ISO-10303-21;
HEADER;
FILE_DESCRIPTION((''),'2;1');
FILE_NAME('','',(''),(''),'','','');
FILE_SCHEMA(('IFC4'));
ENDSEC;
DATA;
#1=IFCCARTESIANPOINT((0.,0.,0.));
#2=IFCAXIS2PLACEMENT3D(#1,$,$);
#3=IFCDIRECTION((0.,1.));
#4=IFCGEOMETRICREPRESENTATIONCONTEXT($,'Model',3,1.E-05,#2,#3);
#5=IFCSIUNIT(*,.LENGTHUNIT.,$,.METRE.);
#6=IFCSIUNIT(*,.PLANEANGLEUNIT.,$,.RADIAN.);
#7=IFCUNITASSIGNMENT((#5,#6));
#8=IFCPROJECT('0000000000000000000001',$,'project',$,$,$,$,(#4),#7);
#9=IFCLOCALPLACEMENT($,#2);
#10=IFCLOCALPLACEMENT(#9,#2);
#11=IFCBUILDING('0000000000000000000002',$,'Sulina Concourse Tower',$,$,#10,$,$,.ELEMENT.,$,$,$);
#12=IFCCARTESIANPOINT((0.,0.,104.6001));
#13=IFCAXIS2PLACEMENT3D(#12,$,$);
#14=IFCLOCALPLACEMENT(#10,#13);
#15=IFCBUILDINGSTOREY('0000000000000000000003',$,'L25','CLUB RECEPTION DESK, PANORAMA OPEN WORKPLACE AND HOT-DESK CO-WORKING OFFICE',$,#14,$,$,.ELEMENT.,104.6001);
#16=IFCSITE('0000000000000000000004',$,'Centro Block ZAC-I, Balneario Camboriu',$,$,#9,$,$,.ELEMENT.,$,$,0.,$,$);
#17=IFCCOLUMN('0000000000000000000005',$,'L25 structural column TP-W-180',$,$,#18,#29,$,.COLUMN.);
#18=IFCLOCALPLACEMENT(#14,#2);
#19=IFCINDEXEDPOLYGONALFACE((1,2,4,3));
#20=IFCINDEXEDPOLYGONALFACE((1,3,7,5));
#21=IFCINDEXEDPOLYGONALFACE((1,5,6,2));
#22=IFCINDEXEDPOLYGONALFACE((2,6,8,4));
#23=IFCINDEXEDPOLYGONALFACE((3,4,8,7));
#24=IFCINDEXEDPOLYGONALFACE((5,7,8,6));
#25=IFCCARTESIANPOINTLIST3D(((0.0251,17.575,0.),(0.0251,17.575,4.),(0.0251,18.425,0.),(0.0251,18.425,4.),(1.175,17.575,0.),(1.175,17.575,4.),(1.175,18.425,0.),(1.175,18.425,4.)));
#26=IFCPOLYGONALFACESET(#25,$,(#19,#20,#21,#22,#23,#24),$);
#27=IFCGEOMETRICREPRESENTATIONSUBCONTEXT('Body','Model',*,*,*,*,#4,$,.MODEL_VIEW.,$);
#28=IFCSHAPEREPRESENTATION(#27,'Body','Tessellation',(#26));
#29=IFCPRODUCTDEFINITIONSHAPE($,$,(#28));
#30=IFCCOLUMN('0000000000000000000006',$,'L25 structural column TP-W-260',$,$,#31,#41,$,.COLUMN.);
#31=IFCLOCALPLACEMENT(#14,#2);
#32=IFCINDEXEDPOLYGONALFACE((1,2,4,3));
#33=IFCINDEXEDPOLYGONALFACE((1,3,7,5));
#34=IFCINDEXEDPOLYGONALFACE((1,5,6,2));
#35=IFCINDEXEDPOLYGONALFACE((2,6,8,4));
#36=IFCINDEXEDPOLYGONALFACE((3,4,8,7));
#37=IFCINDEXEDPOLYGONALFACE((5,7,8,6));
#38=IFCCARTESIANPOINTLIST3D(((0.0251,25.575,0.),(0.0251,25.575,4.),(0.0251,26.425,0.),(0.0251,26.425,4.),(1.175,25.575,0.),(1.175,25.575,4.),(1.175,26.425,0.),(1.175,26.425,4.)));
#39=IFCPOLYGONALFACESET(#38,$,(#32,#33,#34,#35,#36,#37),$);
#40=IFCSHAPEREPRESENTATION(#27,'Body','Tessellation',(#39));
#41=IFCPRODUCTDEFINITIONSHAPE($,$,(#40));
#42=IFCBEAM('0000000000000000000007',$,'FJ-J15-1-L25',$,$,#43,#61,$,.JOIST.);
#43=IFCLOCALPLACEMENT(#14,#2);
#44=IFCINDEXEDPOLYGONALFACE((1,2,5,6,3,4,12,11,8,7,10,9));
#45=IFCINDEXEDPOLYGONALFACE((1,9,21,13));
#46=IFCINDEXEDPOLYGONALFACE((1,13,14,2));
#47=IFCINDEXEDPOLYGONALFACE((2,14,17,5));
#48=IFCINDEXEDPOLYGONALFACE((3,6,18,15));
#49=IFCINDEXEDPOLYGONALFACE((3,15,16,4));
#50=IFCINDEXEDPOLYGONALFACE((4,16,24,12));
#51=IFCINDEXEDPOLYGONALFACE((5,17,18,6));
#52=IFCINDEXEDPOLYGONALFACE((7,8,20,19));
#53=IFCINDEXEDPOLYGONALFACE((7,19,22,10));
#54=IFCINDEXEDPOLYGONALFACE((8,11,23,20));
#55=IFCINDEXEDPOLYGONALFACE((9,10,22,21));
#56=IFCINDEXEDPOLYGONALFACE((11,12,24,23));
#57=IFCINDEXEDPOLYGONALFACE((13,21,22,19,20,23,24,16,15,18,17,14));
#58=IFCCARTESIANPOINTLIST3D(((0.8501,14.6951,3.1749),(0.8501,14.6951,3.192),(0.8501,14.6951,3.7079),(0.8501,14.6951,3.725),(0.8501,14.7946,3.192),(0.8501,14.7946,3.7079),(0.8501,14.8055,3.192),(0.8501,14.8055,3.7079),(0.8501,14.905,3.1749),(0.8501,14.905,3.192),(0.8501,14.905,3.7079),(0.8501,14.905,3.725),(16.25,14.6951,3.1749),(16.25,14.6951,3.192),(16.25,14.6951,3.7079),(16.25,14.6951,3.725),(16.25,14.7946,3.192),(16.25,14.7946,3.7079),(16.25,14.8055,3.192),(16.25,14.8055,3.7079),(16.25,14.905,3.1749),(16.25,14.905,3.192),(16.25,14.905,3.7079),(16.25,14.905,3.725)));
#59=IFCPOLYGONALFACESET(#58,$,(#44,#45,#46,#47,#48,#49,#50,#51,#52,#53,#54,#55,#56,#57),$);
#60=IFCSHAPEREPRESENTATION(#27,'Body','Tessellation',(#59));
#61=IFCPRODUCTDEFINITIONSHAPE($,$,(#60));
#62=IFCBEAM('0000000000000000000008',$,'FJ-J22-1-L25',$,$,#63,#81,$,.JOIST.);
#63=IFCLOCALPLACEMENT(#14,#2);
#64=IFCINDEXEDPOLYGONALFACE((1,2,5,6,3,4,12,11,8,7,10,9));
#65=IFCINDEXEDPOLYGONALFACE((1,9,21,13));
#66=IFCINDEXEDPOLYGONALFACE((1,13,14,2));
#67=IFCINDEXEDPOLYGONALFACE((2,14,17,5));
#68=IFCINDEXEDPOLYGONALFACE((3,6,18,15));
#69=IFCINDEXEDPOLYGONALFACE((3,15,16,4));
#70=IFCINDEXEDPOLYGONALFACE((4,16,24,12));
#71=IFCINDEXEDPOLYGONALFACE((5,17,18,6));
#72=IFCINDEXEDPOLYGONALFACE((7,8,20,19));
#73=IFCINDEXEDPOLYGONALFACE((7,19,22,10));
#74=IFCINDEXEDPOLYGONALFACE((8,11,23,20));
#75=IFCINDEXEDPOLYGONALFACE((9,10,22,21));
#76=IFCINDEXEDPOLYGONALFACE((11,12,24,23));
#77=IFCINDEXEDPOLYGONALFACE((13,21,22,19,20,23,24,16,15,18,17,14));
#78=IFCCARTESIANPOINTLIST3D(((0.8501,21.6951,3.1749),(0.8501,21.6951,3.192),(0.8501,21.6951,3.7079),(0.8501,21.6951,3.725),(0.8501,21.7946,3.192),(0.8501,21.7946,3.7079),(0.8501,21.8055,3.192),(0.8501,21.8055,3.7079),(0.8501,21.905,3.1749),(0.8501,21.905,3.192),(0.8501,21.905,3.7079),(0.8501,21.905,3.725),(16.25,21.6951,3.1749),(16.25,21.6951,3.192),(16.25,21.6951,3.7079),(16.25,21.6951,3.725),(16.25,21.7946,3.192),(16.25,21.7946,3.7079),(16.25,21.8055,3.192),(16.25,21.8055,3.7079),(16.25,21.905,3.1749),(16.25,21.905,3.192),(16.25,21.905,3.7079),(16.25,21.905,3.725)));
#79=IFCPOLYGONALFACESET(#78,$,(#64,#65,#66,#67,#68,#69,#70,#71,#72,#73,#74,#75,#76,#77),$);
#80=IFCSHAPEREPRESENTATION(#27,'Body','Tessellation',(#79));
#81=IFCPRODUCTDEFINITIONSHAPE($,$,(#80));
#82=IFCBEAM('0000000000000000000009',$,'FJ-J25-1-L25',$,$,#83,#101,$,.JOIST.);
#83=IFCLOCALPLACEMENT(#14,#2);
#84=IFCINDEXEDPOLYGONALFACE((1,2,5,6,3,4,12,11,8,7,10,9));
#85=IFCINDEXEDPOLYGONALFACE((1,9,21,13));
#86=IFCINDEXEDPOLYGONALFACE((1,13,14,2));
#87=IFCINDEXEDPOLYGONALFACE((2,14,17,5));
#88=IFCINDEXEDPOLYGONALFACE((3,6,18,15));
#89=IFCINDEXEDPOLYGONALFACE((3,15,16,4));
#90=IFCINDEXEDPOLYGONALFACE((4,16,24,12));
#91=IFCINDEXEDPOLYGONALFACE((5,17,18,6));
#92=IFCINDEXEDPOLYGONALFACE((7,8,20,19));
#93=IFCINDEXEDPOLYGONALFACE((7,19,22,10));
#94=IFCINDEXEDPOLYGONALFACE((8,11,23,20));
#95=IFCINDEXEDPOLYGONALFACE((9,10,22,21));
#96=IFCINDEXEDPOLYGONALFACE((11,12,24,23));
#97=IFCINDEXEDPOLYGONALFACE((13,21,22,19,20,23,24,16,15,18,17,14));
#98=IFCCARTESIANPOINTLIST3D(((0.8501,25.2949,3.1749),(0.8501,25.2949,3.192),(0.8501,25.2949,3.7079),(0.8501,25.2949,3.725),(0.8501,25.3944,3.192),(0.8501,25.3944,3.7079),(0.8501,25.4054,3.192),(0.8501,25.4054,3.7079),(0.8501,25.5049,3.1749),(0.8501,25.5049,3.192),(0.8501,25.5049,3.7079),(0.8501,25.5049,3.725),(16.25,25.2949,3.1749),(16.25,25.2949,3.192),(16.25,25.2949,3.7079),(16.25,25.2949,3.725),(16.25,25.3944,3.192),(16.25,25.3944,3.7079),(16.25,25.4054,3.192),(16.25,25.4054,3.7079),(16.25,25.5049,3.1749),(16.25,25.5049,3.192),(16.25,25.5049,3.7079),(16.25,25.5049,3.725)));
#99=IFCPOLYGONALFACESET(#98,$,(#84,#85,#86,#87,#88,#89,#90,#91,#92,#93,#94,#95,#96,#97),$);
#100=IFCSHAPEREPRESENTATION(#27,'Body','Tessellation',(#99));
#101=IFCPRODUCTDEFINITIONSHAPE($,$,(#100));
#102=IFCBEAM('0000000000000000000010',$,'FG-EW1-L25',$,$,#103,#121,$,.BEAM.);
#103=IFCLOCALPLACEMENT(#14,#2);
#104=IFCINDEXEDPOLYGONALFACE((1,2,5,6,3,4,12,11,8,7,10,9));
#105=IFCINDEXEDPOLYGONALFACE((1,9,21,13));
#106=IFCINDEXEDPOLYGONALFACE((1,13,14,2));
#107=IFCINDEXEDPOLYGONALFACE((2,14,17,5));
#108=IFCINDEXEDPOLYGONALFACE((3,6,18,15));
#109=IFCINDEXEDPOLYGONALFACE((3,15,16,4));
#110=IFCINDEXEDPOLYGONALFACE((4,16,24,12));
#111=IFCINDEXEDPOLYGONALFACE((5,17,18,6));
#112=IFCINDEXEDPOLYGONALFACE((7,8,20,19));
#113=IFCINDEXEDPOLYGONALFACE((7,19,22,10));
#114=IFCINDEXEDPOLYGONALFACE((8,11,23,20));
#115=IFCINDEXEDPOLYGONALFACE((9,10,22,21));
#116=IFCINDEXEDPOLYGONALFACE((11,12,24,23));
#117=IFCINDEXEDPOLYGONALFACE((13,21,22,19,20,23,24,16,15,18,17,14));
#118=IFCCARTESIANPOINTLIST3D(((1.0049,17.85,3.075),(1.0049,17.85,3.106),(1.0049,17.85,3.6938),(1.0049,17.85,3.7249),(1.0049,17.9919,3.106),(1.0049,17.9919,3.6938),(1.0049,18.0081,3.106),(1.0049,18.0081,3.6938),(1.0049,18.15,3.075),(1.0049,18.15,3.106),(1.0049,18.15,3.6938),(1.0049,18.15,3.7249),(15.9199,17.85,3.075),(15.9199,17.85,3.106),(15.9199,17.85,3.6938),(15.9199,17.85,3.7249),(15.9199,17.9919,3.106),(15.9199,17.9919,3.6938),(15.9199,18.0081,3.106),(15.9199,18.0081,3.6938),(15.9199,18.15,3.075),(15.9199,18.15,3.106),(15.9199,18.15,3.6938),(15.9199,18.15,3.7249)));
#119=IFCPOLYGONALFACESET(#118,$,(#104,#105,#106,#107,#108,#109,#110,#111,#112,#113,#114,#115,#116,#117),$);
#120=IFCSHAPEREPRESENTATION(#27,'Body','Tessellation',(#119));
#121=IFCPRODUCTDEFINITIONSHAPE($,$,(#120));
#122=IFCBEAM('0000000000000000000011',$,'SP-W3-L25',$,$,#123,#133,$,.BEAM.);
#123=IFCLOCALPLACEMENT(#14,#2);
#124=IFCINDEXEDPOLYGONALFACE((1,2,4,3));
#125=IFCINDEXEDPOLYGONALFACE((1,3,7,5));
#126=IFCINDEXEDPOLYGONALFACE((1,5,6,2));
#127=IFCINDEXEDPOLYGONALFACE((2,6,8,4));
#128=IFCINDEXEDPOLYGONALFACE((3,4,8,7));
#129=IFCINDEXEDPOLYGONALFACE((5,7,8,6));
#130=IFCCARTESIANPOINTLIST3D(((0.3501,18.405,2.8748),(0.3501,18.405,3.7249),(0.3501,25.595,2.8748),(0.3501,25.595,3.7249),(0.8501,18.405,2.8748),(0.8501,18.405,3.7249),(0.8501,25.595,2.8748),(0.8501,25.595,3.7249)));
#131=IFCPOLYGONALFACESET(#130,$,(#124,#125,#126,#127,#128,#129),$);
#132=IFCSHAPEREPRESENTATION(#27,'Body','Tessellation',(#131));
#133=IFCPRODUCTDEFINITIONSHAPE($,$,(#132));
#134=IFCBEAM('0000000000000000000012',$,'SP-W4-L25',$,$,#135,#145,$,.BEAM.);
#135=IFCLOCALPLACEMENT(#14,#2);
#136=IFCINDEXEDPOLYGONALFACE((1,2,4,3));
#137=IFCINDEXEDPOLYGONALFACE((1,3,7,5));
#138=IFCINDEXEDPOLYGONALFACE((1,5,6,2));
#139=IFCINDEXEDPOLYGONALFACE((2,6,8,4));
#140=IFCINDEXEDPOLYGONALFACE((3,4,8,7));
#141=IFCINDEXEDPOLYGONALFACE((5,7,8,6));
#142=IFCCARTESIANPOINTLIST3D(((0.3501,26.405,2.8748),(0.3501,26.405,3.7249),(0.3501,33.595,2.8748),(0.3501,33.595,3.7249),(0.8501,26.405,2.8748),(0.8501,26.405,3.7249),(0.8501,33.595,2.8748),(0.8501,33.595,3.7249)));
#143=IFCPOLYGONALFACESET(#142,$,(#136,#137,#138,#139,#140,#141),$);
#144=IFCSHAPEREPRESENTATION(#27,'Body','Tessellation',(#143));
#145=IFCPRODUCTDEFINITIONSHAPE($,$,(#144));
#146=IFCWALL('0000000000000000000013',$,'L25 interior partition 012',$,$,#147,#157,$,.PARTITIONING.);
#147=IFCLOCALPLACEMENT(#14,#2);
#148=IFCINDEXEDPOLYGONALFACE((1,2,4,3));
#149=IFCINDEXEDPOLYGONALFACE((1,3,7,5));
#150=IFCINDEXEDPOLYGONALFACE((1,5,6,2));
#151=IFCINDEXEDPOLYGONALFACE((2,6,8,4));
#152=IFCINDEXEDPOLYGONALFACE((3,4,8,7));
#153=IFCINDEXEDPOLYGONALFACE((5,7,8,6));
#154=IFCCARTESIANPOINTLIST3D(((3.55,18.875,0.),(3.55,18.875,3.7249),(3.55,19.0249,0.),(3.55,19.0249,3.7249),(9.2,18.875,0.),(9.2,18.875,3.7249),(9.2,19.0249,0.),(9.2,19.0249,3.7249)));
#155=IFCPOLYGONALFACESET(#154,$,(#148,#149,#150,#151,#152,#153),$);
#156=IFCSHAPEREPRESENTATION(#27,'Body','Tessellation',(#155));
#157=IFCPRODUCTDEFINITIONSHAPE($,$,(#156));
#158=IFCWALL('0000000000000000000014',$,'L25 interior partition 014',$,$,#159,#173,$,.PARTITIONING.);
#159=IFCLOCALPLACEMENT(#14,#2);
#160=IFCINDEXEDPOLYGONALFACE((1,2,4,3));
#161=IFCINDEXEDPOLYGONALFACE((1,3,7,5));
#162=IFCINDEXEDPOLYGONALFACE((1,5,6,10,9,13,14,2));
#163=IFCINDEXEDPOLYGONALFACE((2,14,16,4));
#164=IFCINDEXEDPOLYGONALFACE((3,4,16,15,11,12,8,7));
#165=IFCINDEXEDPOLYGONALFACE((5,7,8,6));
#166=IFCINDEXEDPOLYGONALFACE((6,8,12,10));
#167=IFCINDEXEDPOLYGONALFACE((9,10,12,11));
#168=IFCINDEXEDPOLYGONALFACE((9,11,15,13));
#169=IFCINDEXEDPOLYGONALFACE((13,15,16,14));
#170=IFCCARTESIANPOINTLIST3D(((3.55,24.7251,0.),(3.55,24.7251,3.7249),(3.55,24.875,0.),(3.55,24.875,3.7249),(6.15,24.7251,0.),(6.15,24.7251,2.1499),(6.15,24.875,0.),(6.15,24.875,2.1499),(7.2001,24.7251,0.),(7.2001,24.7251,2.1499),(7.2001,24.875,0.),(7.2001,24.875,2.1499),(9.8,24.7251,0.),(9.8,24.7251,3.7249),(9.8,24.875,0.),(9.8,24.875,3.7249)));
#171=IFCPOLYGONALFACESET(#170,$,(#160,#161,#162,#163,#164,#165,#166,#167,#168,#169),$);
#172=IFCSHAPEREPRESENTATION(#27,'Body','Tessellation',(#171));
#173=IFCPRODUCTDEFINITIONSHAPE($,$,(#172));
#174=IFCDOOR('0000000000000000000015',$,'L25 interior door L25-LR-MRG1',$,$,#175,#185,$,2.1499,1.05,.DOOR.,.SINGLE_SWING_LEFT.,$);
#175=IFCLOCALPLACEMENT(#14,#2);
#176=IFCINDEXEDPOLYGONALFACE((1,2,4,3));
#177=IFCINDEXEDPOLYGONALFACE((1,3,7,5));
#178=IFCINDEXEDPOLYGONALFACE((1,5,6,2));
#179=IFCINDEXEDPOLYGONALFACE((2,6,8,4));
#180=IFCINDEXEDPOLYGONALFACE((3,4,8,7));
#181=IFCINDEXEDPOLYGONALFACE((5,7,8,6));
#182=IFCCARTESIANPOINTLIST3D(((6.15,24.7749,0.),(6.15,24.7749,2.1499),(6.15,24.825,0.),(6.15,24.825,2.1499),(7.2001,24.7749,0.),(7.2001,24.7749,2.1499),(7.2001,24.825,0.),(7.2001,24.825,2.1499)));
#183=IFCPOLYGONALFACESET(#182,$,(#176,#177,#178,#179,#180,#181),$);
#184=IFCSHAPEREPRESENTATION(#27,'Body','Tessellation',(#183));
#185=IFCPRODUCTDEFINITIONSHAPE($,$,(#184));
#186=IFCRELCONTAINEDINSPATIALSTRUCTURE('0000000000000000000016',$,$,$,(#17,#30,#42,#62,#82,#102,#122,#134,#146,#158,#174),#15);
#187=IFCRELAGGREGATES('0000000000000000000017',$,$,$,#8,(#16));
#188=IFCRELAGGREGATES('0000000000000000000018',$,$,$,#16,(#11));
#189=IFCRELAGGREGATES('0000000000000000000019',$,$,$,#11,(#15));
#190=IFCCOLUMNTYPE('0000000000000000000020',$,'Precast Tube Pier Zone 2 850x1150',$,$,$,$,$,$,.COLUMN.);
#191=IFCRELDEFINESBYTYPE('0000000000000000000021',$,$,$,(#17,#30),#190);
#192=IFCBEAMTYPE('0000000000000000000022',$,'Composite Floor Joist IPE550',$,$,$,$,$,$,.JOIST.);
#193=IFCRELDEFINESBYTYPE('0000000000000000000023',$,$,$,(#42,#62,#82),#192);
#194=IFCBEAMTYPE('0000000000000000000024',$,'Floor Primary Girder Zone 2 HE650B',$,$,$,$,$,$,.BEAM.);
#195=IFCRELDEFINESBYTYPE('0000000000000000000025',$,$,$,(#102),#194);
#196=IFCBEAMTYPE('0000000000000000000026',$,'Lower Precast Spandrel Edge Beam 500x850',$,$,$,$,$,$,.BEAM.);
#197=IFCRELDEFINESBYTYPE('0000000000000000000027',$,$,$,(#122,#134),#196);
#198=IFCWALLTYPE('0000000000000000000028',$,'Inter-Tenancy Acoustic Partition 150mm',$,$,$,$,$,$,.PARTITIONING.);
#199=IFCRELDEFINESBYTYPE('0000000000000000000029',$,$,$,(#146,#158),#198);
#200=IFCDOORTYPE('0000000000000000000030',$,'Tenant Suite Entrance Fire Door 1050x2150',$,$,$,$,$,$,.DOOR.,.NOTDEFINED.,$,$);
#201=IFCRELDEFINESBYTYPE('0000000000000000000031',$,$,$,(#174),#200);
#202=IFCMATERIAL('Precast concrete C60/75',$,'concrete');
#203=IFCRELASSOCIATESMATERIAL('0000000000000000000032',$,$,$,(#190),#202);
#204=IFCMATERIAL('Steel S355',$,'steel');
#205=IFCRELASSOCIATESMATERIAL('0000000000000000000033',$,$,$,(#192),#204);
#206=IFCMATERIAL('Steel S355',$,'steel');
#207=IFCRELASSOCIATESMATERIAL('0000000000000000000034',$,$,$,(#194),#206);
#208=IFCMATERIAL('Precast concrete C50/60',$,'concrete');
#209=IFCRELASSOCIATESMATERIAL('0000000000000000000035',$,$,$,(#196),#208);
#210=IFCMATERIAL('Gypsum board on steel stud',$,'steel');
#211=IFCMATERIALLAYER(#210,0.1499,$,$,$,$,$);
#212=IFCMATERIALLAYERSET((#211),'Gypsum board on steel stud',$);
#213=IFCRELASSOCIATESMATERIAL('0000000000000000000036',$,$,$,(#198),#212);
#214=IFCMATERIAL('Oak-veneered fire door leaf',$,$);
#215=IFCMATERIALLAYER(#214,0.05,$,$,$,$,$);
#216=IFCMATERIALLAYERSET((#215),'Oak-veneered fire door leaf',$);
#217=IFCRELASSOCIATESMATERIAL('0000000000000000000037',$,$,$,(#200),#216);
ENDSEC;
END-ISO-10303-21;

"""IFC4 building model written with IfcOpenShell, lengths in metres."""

from ifc_helpers import new_model, si_unit, direction, frame, frame_2d, origin, origin_2d, place, context, subcontext, project, spatial, rectangle, i_section, extrude, material, layer, layer_set, material_profile, profile_set, type_object, element, fill, save


model = new_model("IFC4")

# Units and contexts
model_context = context("Model", 3, precision=1e-05, world=origin(), true_north=direction((0.0, 1.0)))
body_context = subcontext(model_context, "Body", "Model", "MODEL_VIEW")
ifc_project = project(units=[si_unit("LENGTHUNIT", "METRE"), si_unit("PLANEANGLEUNIT", "RADIAN")], contexts=[model_context])

# Site, building, storey
site_placement = place(None, origin())
site = spatial("IfcSite", under=ifc_project, at=site_placement, Name="Centro Block ZAC-I, Balneario Camboriu", CompositionType="ELEMENT", RefElevation=0.0)
building_placement = place(site_placement, origin())
building = spatial("IfcBuilding", under=site, at=building_placement, Name="Sulina Concourse Tower", CompositionType="ELEMENT")
storey_placement = place(building_placement, frame((0.0, 0.0, 104.6001)))
storey = spatial("IfcBuildingStorey", under=building, at=storey_placement, Name="L25", Description="CLUB RECEPTION DESK, PANORAMA OPEN WORKPLACE AND HOT-DESK CO-WORKING OFFICE", CompositionType="ELEMENT", Elevation=104.6001)

# Columns
ifc_material_1 = material(Name="Precast concrete C60/75", Category="concrete")
ifc_material_profile_1 = material_profile(ifc_material_1, rectangle(XDim=0.8501, YDim=1.1499, at=origin_2d()), Name="PC 850x1150")
ifc_profile_set_1 = profile_set([ifc_material_profile_1], Name="Precast concrete C60/75")
column_type = type_object("IfcColumnType", Name="Precast Tube Pier Zone 2 850x1150", PredefinedType="COLUMN", material=ifc_profile_set_1)
for number, where, z_axis, x_axis, name in (
    (1, (0.6001, 18.0, 0.0), (0.0, 0.0, 1.0), (0.0, 1.0, 0.0), "L25 structural column TP-W-180"),
    (2, (0.6001, 26.0, 0.0), (0.0, 0.0, 1.0), (0.0, 1.0, 0.0), "L25 structural column TP-W-260"),
):
    element("IfcColumn", number, at=place(storey_placement, frame(where, z_axis=z_axis, x_axis=x_axis)), inside=storey, type_object=column_type, Name=name, PredefinedType="COLUMN", context=body_context, shape_type="SweptSolid", body=[
        extrude(rectangle(XDim=0.8501, YDim=1.1499, at=origin_2d()), origin(), (0.0, 0.0, 1.0), 4.0),
    ])

# Beams
ifc_material_2 = material(Name="Steel S355", Category="steel")
ifc_material_profile_2 = material_profile(ifc_material_2, i_section(OverallWidth=0.21, OverallDepth=0.55, WebThickness=0.011, FlangeThickness=0.0171, at=origin_2d()), Name="IPE 550")
ifc_profile_set_2 = profile_set([ifc_material_profile_2], Name="Steel S355")
beam_type_1 = type_object("IfcBeamType", Name="Composite Floor Joist IPE550", PredefinedType="JOIST", material=ifc_profile_set_2)
for number, where, z_axis, x_axis, name in (
    (3, (0.8501, 14.8, 3.45), (1.0, 0.0, 0.0), (0.0, 1.0, 0.0), "FJ-J15-1-L25"),
    (4, (0.8501, 21.8, 3.45), (1.0, 0.0, 0.0), (0.0, 1.0, 0.0), "FJ-J22-1-L25"),
    (5, (0.8501, 25.3999, 3.45), (1.0, 0.0, 0.0), (0.0, 1.0, 0.0), "FJ-J25-1-L25"),
):
    element("IfcBeam", number, at=place(storey_placement, frame(where, z_axis=z_axis, x_axis=x_axis)), inside=storey, type_object=beam_type_1, Name=name, PredefinedType="JOIST", context=body_context, shape_type="SweptSolid", body=[
        extrude(i_section(OverallWidth=0.21, OverallDepth=0.55, WebThickness=0.011, FlangeThickness=0.0171, at=origin_2d()), origin(), (0.0, 0.0, 1.0), 15.3999),
    ])
ifc_material_3 = material(Name="Steel S355", Category="steel")
ifc_material_profile_3 = material_profile(ifc_material_3, i_section(OverallWidth=0.3, OverallDepth=0.6499, WebThickness=0.0161, FlangeThickness=0.031, at=origin_2d()), Name="HE 650 B")
ifc_profile_set_3 = profile_set([ifc_material_profile_3], Name="Steel S355")
beam_type_2 = type_object("IfcBeamType", Name="Floor Primary Girder Zone 2 HE650B", PredefinedType="BEAM", material=ifc_profile_set_3)
beam_placement = place(storey_placement, frame((1.0049, 18.0, 3.3999), z_axis=(1.0, 0.0, 0.0), x_axis=(0.0, 1.0, 0.0)))
element("IfcBeam", 6, at=beam_placement, inside=storey, type_object=beam_type_2, Name="FG-EW1-L25", PredefinedType="BEAM", context=body_context, shape_type="SweptSolid", body=[
    extrude(i_section(OverallWidth=0.3, OverallDepth=0.6499, WebThickness=0.0161, FlangeThickness=0.031, at=origin_2d()), origin(), (0.0, 0.0, 1.0), 14.915),
])
ifc_material_4 = material(Name="Precast concrete C50/60", Category="concrete")
ifc_material_profile_4 = material_profile(ifc_material_4, rectangle(XDim=0.5, YDim=0.8501, at=origin_2d()), Name="RC 500x850")
ifc_profile_set_4 = profile_set([ifc_material_profile_4], Name="Precast concrete C50/60")
beam_type_3 = type_object("IfcBeamType", Name="Lower Precast Spandrel Edge Beam 500x850", PredefinedType="BEAM", material=ifc_profile_set_4)
for number, where, z_axis, x_axis, name in (
    (7, (0.6001, 18.405, 3.2998), (0.0, 1.0, 0.0), (-1.0, 0.0, 0.0), "SP-W3-L25"),
    (8, (0.6001, 26.405, 3.2998), (0.0, 1.0, 0.0), (-1.0, 0.0, 0.0), "SP-W4-L25"),
):
    element("IfcBeam", number, at=place(storey_placement, frame(where, z_axis=z_axis, x_axis=x_axis)), inside=storey, type_object=beam_type_3, Name=name, PredefinedType="BEAM", context=body_context, shape_type="SweptSolid", body=[
        extrude(rectangle(XDim=0.5, YDim=0.8501, at=origin_2d()), origin(), (0.0, 0.0, 1.0), 7.1899),
    ])

# Wall
ifc_material_5 = material(Name="Gypsum board on steel stud", Category="steel")
ifc_layer_1 = layer(ifc_material_5, 0.1499)
ifc_layer_set_1 = layer_set([ifc_layer_1], Name="Gypsum board on steel stud")
wall_type_1 = type_object("IfcWallType", Name="Inter-Tenancy Acoustic Partition 150mm", PredefinedType="PARTITIONING", material=ifc_layer_set_1)
wall_1_placement = place(storey_placement, frame((3.55, 18.95, 0.0), z_axis=(0.0, 0.0, 1.0), x_axis=(1.0, 0.0, 0.0)))
element("IfcWall", 9, at=wall_1_placement, inside=storey, type_object=wall_type_1, Name="L25 interior partition 012", PredefinedType="PARTITIONING", context=body_context, shape_type="SweptSolid", body=[
    extrude(rectangle(XDim=5.6499, YDim=0.1499, at=frame_2d((2.825, 0.0))), origin(), (0.0, 0.0, 1.0), 3.7249),
])

# Wall, opening, door
wall_2_placement = place(storey_placement, frame((3.55, 24.8, 0.0), z_axis=(0.0, 0.0, 1.0), x_axis=(1.0, 0.0, 0.0)))
wall_2 = element("IfcWall", 10, at=wall_2_placement, inside=storey, type_object=wall_type_1, Name="L25 interior partition 014", PredefinedType="PARTITIONING", context=body_context, shape_type="SweptSolid", body=[
    extrude(rectangle(XDim=6.25, YDim=0.1499, at=frame_2d((3.125, 0.0))), origin(), (0.0, 0.0, 1.0), 3.7249),
])
opening_1_placement = place(wall_2_placement, frame((2.6001, 0.0, 0.0)))
opening_1 = element("IfcOpeningElement", 11, at=opening_1_placement, cuts=wall_2, PredefinedType="OPENING", context=body_context, shape_type="SweptSolid", body=[
    extrude(rectangle(XDim=1.05, YDim=2.1499, at=frame_2d((0.5249, 1.075))), frame((0.0, 0.085, 0.0), z_axis=(0.0, -1.0, 0.0), x_axis=(1.0, 0.0, 0.0)), (0.0, 0.0, 1.0), 0.1699),
])
ifc_material_6 = material(Name="Oak-veneered fire door leaf")
ifc_layer_2 = layer(ifc_material_6, 0.05)
ifc_layer_set_2 = layer_set([ifc_layer_2], Name="Oak-veneered fire door leaf")
door_type_1 = type_object("IfcDoorType", Name="Tenant Suite Entrance Fire Door 1050x2150", OperationType="NOTDEFINED", PredefinedType="DOOR", material=ifc_layer_set_2)
door_1_placement = place(opening_1_placement, origin())
door_1 = element("IfcDoor", 12, at=door_1_placement, inside=storey, type_object=door_type_1, Name="L25 interior door L25-LR-MRG1", OperationType="SINGLE_SWING_LEFT", OverallHeight=2.1499, OverallWidth=1.05, PredefinedType="DOOR", context=body_context, shape_type="SweptSolid", body=[
    extrude(rectangle(XDim=1.05, YDim=2.1499, at=frame_2d((0.5249, 1.075))), frame((0.0, 0.0249, 0.0), z_axis=(0.0, -1.0, 0.0), x_axis=(1.0, 0.0, 0.0)), (0.0, 0.0, 1.0), 0.05),
])
fill(opening_1, door_1)

save(model, "model.ifc")
